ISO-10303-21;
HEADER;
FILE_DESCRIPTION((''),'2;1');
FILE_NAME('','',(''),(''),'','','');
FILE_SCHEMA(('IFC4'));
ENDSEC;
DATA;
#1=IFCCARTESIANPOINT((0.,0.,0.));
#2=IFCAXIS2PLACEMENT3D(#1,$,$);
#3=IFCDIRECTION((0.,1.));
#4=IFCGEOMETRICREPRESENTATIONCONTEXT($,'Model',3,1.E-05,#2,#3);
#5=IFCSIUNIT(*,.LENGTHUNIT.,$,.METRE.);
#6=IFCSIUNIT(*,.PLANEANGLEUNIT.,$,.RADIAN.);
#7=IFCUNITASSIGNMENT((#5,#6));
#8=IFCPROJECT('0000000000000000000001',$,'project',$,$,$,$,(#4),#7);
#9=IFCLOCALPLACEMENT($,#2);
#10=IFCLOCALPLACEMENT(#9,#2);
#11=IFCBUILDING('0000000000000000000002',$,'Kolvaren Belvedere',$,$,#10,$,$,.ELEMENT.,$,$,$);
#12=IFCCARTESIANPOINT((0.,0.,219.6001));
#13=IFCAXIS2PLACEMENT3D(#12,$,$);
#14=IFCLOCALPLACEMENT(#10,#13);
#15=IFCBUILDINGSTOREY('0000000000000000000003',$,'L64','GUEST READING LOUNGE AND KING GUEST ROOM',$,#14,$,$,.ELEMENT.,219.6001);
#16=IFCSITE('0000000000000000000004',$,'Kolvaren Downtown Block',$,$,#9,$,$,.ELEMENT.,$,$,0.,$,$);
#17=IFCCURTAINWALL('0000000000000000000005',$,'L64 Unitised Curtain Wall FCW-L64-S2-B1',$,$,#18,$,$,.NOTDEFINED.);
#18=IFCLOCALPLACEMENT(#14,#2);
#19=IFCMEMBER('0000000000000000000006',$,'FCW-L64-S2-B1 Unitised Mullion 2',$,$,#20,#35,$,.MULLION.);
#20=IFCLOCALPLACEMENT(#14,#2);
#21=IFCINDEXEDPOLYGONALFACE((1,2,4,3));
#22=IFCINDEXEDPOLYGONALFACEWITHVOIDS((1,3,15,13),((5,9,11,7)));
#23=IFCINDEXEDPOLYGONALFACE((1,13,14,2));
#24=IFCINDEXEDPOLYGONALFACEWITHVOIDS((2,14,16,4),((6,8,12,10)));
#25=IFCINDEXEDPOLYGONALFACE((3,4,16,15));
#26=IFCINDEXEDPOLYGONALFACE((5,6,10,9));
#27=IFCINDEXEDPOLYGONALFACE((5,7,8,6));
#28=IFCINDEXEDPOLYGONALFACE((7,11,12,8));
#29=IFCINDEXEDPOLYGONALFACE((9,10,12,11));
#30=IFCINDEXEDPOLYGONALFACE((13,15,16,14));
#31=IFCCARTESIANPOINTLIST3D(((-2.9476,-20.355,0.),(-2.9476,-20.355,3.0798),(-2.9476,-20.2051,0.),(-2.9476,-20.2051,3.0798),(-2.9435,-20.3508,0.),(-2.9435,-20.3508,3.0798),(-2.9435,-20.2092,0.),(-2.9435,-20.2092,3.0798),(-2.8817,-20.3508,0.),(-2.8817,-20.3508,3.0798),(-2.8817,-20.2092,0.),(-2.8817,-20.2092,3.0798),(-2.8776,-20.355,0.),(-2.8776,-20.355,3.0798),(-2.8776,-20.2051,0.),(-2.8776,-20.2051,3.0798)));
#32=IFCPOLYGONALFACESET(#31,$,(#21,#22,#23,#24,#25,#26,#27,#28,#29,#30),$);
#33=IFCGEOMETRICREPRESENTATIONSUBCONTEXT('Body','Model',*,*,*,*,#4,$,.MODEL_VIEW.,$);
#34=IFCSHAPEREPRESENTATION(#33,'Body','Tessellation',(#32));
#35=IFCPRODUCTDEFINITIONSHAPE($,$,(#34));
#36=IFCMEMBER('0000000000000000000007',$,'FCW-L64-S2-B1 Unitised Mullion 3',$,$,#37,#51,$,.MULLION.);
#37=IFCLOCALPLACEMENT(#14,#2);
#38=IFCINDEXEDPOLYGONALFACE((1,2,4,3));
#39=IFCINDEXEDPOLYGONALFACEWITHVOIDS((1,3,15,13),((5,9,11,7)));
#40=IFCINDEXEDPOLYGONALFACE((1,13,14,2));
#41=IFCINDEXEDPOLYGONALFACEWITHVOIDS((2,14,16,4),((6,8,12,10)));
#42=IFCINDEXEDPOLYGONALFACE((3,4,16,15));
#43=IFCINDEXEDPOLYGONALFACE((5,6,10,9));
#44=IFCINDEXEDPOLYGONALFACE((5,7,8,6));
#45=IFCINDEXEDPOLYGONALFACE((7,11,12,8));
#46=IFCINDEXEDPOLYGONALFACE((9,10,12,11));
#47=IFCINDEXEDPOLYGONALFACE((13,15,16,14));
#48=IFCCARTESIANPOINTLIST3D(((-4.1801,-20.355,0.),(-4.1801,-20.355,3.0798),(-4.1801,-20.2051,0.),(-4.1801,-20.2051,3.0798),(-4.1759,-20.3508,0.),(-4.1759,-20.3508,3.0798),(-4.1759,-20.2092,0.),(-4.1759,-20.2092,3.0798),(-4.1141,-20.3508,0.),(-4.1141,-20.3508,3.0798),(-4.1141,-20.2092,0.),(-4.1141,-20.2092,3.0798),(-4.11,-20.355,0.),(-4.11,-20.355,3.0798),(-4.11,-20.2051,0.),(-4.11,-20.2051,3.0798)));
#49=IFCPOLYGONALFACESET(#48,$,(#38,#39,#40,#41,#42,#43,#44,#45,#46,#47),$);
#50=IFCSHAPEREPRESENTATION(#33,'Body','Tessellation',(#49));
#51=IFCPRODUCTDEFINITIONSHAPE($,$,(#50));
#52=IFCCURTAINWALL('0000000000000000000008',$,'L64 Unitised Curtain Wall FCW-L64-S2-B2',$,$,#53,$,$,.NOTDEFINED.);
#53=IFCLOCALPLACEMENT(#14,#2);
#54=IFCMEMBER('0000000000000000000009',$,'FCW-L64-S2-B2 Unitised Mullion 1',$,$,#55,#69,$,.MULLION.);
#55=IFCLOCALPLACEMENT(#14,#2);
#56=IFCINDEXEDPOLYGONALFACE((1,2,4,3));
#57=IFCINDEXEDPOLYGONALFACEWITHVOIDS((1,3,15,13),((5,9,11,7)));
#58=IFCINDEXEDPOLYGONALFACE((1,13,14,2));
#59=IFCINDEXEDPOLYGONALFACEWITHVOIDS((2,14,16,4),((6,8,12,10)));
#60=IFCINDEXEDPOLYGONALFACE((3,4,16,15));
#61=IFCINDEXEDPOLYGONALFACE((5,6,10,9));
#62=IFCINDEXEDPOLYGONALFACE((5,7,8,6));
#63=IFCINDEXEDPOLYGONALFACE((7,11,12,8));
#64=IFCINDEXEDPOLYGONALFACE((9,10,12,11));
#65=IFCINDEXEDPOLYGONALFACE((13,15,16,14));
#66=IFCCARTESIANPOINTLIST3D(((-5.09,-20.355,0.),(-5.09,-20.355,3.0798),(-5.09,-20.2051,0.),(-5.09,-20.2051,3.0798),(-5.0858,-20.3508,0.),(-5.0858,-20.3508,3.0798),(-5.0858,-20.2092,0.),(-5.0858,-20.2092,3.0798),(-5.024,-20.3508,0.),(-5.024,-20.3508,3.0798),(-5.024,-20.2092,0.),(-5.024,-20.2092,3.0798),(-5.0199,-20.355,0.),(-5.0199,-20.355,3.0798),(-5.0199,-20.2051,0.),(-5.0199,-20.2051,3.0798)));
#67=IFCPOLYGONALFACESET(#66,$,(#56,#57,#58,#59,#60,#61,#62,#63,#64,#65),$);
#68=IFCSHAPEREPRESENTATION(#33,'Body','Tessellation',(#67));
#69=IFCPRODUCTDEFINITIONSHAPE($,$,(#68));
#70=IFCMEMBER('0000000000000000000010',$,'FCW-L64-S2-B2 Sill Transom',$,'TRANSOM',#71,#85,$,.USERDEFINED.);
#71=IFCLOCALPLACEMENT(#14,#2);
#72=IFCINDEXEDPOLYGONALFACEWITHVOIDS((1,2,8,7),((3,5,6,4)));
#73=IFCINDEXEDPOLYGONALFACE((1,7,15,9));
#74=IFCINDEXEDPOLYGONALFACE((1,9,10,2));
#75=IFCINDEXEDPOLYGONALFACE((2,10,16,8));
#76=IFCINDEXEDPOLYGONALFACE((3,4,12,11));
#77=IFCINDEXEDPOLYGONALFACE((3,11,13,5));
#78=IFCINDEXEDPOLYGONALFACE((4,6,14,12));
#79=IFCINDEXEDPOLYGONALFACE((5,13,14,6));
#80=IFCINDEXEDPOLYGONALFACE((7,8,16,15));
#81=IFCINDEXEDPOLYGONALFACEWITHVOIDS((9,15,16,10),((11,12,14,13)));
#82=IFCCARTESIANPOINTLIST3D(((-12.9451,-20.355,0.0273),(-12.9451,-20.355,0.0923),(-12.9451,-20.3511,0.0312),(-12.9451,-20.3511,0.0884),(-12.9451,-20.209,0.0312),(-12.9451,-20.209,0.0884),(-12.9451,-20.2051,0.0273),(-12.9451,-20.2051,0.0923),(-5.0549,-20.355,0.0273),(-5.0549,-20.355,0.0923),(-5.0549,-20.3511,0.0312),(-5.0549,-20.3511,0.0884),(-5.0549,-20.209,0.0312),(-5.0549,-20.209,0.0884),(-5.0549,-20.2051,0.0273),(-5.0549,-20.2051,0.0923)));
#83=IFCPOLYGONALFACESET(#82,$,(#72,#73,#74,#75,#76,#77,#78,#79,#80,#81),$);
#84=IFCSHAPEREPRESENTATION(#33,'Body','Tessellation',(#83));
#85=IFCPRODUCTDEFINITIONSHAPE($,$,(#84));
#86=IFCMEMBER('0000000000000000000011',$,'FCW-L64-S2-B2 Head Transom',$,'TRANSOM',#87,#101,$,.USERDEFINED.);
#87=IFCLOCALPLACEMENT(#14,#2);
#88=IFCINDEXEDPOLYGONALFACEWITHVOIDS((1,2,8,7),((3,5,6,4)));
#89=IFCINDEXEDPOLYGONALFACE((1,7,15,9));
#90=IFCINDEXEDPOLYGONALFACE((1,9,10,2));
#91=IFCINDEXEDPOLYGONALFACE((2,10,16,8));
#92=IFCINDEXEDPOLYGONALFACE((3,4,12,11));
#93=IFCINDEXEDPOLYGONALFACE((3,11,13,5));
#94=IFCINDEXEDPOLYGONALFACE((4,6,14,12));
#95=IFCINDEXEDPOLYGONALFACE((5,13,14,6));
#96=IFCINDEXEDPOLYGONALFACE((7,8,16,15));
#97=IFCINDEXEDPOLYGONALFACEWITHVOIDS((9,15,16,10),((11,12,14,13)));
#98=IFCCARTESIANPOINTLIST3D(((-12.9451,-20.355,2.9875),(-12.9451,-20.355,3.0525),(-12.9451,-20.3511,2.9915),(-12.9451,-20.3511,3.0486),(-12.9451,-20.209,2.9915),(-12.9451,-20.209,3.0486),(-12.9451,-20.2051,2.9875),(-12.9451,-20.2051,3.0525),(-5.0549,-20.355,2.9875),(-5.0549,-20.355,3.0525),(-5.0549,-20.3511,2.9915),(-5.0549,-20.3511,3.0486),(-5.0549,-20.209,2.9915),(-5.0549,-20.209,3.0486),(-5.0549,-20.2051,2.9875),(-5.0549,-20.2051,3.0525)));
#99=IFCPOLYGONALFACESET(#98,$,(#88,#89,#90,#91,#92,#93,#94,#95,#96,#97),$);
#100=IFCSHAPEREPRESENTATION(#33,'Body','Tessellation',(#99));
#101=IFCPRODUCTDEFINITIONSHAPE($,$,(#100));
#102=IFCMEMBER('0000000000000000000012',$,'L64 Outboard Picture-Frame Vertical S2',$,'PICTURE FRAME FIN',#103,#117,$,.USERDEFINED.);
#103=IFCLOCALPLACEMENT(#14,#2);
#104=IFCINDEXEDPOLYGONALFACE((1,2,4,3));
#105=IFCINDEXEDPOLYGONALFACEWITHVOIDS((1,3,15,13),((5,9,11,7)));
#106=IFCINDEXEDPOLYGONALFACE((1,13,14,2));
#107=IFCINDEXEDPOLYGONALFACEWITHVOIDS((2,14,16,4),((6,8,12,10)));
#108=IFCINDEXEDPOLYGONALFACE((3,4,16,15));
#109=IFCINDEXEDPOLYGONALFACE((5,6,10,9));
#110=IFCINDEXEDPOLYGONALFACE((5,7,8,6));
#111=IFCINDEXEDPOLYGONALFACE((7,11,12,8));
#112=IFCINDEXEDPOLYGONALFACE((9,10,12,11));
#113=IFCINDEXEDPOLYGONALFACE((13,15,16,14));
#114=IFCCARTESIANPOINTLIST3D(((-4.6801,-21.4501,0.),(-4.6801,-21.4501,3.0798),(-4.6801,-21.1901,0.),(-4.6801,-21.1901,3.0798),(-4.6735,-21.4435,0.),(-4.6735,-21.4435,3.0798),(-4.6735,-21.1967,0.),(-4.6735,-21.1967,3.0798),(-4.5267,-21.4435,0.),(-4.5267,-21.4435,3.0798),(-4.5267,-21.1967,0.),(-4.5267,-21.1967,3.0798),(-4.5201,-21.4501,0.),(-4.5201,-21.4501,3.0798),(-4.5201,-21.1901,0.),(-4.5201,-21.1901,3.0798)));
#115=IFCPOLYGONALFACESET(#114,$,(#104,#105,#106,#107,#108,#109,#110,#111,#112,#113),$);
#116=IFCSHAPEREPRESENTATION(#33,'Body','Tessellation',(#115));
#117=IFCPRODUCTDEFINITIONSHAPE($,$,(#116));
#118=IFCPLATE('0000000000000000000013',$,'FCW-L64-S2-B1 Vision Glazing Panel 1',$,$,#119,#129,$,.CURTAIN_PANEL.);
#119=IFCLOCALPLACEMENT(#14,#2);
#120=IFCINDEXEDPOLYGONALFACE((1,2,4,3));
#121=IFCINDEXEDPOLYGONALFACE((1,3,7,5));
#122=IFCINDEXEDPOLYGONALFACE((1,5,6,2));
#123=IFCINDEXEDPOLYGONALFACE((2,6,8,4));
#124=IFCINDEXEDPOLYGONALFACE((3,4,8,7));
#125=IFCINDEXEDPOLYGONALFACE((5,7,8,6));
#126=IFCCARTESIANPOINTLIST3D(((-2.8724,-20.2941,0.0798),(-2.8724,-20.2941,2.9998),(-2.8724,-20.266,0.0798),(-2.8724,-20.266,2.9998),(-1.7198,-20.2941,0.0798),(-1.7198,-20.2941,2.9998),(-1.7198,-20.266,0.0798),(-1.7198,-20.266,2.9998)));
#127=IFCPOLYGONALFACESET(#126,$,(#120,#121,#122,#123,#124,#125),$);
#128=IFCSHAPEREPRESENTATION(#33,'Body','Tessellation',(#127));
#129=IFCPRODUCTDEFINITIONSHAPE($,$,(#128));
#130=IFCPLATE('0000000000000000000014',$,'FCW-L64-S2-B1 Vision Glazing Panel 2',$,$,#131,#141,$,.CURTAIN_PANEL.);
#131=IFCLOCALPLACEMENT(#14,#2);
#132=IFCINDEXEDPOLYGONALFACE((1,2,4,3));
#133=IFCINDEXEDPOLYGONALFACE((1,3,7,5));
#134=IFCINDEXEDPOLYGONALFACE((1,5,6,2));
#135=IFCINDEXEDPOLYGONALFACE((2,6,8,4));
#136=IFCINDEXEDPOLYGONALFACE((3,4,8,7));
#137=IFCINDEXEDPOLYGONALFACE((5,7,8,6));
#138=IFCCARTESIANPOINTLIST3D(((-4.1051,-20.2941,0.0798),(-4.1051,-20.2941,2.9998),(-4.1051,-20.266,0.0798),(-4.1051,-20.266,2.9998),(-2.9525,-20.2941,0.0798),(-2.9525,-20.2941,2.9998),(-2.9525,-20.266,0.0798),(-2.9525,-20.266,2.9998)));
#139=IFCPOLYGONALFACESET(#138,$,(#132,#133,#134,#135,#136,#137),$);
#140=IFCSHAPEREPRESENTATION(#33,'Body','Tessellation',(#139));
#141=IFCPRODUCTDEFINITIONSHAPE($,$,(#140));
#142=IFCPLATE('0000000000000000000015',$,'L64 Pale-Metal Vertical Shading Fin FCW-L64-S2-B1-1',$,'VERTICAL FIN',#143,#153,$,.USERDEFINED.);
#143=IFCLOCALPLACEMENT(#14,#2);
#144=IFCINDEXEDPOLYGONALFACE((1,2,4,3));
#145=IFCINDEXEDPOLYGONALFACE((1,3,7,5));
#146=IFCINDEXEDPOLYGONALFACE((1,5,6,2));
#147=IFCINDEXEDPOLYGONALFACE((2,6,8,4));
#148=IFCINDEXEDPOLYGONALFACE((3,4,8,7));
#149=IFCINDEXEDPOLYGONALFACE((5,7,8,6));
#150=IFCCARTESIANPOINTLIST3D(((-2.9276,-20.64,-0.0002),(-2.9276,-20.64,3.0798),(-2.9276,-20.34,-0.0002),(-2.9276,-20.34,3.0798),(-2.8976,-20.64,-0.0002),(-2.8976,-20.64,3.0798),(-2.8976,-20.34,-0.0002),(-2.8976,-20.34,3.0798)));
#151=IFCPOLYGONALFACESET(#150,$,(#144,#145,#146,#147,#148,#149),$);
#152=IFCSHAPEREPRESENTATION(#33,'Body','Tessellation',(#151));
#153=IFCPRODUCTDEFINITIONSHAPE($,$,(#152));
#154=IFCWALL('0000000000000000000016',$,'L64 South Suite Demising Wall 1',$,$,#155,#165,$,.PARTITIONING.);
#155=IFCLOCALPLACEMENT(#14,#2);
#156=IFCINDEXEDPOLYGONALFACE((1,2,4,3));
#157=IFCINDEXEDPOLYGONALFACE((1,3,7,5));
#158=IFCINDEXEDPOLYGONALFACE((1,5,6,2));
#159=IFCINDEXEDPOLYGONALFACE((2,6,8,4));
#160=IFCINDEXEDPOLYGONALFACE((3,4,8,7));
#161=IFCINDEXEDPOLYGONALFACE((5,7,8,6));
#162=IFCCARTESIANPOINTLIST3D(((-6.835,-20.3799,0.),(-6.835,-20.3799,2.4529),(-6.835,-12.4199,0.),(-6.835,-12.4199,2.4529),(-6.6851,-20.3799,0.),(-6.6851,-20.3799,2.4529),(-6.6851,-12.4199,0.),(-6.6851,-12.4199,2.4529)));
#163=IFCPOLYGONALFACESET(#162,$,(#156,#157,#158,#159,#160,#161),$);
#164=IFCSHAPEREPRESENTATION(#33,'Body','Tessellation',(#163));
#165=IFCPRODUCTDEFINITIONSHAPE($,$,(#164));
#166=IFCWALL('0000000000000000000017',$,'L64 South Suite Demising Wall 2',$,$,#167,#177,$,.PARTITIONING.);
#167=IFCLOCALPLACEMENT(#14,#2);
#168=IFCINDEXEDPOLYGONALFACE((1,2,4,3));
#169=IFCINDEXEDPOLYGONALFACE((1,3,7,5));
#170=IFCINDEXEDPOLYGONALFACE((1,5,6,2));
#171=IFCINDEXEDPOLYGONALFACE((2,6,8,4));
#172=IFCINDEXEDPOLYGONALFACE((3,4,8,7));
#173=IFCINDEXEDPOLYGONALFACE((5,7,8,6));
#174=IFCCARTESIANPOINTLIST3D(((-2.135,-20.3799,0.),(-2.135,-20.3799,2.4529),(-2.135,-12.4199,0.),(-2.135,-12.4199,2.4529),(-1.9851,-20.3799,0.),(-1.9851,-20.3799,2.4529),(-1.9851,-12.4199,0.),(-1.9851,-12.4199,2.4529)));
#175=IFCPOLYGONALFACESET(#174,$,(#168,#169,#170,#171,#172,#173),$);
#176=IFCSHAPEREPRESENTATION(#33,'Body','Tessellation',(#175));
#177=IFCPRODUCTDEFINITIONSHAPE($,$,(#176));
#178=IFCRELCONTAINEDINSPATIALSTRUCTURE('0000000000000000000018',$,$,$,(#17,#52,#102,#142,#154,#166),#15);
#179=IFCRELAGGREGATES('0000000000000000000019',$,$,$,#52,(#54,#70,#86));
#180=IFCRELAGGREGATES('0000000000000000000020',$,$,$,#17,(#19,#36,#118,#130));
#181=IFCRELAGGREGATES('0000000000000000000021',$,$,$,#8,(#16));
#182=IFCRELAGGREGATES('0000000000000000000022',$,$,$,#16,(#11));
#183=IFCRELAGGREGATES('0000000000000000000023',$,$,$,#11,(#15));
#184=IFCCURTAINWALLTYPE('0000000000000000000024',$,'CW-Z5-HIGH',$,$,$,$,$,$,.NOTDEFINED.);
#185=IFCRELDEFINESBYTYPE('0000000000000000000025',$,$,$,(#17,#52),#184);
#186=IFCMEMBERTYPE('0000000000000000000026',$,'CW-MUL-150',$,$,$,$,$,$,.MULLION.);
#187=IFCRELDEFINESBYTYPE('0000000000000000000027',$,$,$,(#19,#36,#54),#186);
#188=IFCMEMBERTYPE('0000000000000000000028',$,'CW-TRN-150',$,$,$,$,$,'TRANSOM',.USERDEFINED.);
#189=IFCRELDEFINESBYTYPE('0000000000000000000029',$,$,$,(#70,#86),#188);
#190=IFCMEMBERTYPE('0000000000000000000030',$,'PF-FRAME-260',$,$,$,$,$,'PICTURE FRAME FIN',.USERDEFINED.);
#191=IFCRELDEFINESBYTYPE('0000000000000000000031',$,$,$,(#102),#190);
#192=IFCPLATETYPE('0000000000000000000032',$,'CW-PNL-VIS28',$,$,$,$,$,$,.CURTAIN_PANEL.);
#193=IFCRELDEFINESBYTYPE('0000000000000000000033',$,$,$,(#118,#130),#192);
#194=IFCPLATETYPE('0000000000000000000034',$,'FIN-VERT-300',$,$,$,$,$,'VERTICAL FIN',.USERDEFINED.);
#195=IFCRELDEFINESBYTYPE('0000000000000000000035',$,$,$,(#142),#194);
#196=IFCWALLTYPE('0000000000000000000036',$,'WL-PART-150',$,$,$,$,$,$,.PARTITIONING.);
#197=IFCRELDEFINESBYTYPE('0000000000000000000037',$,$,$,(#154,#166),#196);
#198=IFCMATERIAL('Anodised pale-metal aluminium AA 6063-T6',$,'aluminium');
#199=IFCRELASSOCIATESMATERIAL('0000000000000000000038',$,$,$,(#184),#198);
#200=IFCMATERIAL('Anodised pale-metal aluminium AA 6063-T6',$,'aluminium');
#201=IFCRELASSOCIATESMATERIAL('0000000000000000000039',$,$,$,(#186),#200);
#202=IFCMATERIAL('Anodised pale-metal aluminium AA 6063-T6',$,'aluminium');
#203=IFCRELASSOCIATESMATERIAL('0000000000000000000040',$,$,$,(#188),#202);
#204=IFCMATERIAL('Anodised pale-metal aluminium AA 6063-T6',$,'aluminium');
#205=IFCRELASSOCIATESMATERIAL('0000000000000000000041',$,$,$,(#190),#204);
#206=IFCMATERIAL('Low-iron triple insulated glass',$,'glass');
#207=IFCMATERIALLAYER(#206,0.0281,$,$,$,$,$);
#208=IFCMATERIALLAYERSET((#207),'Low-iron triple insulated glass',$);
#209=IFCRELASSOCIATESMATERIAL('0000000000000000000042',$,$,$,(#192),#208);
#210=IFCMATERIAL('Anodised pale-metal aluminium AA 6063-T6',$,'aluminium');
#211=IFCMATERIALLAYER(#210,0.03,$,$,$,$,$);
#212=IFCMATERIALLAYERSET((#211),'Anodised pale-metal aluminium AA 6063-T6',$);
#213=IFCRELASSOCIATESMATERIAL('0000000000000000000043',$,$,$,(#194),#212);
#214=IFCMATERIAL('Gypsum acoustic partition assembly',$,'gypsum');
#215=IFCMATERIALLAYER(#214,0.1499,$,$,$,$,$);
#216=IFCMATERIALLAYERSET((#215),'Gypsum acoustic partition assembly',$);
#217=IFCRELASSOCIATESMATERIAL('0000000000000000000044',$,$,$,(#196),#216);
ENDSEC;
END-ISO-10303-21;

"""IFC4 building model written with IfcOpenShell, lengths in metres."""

from ifc_helpers import new_model, si_unit, direction, frame, frame_2d, origin, origin_2d, place, context, subcontext, project, spatial, rectangle, hollow_rectangle, extrude, material, layer, layer_set, material_profile, profile_set, type_object, element, aggregate, save


model = new_model("IFC4")

# Units and contexts
model_context = context("Model", 3, precision=1e-05, world=origin(), true_north=direction((0.0, 1.0)))
body_context = subcontext(model_context, "Body", "Model", "MODEL_VIEW")
ifc_project = project(units=[si_unit("LENGTHUNIT", "METRE"), si_unit("PLANEANGLEUNIT", "RADIAN")], contexts=[model_context])

# Site, building, storey
site_placement = place(None, origin())
site = spatial("IfcSite", under=ifc_project, at=site_placement, Name="Kolvaren Downtown Block", CompositionType="ELEMENT", RefElevation=0.0)
building_placement = place(site_placement, origin())
building = spatial("IfcBuilding", under=site, at=building_placement, Name="Kolvaren Belvedere", CompositionType="ELEMENT")
storey_placement = place(building_placement, frame((0.0, 0.0, 219.6001)))
storey = spatial("IfcBuildingStorey", under=building, at=storey_placement, Name="L64", Description="GUEST READING LOUNGE AND KING GUEST ROOM", CompositionType="ELEMENT", Elevation=219.6001)

# Curtain walls, members
ifc_material_1 = material(Name="Anodised pale-metal aluminium AA 6063-T6", Category="aluminium")
curtain_wall_type = type_object("IfcCurtainWallType", Name="CW-Z5-HIGH", PredefinedType="NOTDEFINED", material=ifc_material_1)
curtain_wall_1_placement = place(storey_placement, origin())
curtain_wall_1 = element("IfcCurtainWall", 1, at=curtain_wall_1_placement, inside=storey, type_object=curtain_wall_type, Name="L64 Unitised Curtain Wall FCW-L64-S2-B1", PredefinedType="NOTDEFINED")
ifc_material_2 = material(Name="Anodised pale-metal aluminium AA 6063-T6", Category="aluminium")
ifc_material_profile_1 = material_profile(ifc_material_2, hollow_rectangle(XDim=0.0701, YDim=0.1499, WallThickness=0.0042, at=origin_2d()), Name="ALU-MUL-150X70")
ifc_profile_set_1 = profile_set([ifc_material_profile_1], Name="Anodised pale-metal aluminium AA 6063-T6")
member_type_1 = type_object("IfcMemberType", Name="CW-MUL-150", PredefinedType="MULLION", material=ifc_profile_set_1)
member_1_placement = place(storey_placement, frame((-2.9126, -20.28, 0.0), z_axis=(0.0, 0.0, 1.0), x_axis=(1.0, 0.0, 0.0)))
member_1 = element("IfcMember", 2, at=member_1_placement, type_object=member_type_1, Name="FCW-L64-S2-B1 Unitised Mullion 2", PredefinedType="MULLION", context=body_context, shape_type="SweptSolid", body=[
    extrude(hollow_rectangle(XDim=0.0701, YDim=0.1499, WallThickness=0.0042, at=origin_2d()), origin(), (0.0, 0.0, 1.0), 3.0798),
])
member_2_placement = place(storey_placement, frame((-4.145, -20.28, 0.0), z_axis=(0.0, 0.0, 1.0), x_axis=(1.0, 0.0, 0.0)))
member_2 = element("IfcMember", 3, at=member_2_placement, type_object=member_type_1, Name="FCW-L64-S2-B1 Unitised Mullion 3", PredefinedType="MULLION", context=body_context, shape_type="SweptSolid", body=[
    extrude(hollow_rectangle(XDim=0.0701, YDim=0.1499, WallThickness=0.0042, at=origin_2d()), origin(), (0.0, 0.0, 1.0), 3.0798),
])
curtain_wall_2_placement = place(storey_placement, origin())
curtain_wall_2 = element("IfcCurtainWall", 4, at=curtain_wall_2_placement, inside=storey, type_object=curtain_wall_type, Name="L64 Unitised Curtain Wall FCW-L64-S2-B2", PredefinedType="NOTDEFINED")
member_3_placement = place(storey_placement, frame((-5.0549, -20.28, 0.0), z_axis=(0.0, 0.0, 1.0), x_axis=(1.0, 0.0, 0.0)))
member_3 = element("IfcMember", 5, at=member_3_placement, type_object=member_type_1, Name="FCW-L64-S2-B2 Unitised Mullion 1", PredefinedType="MULLION", context=body_context, shape_type="SweptSolid", body=[
    extrude(hollow_rectangle(XDim=0.0701, YDim=0.1499, WallThickness=0.0042, at=origin_2d()), origin(), (0.0, 0.0, 1.0), 3.0798),
])
ifc_material_3 = material(Name="Anodised pale-metal aluminium AA 6063-T6", Category="aluminium")
ifc_material_profile_2 = material_profile(ifc_material_3, hollow_rectangle(XDim=0.0649, YDim=0.1499, WallThickness=0.0039, at=origin_2d()), Name="ALU-TRN-150X65")
ifc_profile_set_2 = profile_set([ifc_material_profile_2], Name="Anodised pale-metal aluminium AA 6063-T6")
member_type_2 = type_object("IfcMemberType", Name="CW-TRN-150", ElementType="TRANSOM", PredefinedType="USERDEFINED", material=ifc_profile_set_2)
member_4_placement = place(storey_placement, frame((-5.0549, -20.28, 0.0598), z_axis=(-1.0, 0.0, 0.0), x_axis=(0.0, 0.0, 1.0)))
member_4 = element("IfcMember", 6, at=member_4_placement, type_object=member_type_2, Name="FCW-L64-S2-B2 Sill Transom", ObjectType="TRANSOM", PredefinedType="USERDEFINED", context=body_context, shape_type="SweptSolid", body=[
    extrude(hollow_rectangle(XDim=0.0649, YDim=0.1499, WallThickness=0.0039, at=origin_2d()), origin(), (0.0, 0.0, 1.0), 7.8901),
])
member_5_placement = place(storey_placement, frame((-5.0549, -20.28, 3.02), z_axis=(-1.0, 0.0, 0.0), x_axis=(0.0, 0.0, 1.0)))
member_5 = element("IfcMember", 7, at=member_5_placement, type_object=member_type_2, Name="FCW-L64-S2-B2 Head Transom", ObjectType="TRANSOM", PredefinedType="USERDEFINED", context=body_context, shape_type="SweptSolid", body=[
    extrude(hollow_rectangle(XDim=0.0649, YDim=0.1499, WallThickness=0.0039, at=origin_2d()), origin(), (0.0, 0.0, 1.0), 7.8901),
])
aggregate(curtain_wall_2, [member_3, member_4, member_5])

# Member
ifc_material_4 = material(Name="Anodised pale-metal aluminium AA 6063-T6", Category="aluminium")
ifc_material_profile_3 = material_profile(ifc_material_4, hollow_rectangle(XDim=0.1599, YDim=0.26, WallThickness=0.0066, at=origin_2d()), Name="ALU-PF-260X160")
ifc_profile_set_3 = profile_set([ifc_material_profile_3], Name="Anodised pale-metal aluminium AA 6063-T6")
member_type_3 = type_object("IfcMemberType", Name="PF-FRAME-260", ElementType="PICTURE FRAME FIN", PredefinedType="USERDEFINED", material=ifc_profile_set_3)
member_6_placement = place(storey_placement, frame((-4.6001, -21.3201, 0.0), z_axis=(0.0, 0.0, 1.0), x_axis=(1.0, 0.0, 0.0)))
element("IfcMember", 8, at=member_6_placement, inside=storey, type_object=member_type_3, Name="L64 Outboard Picture-Frame Vertical S2", ObjectType="PICTURE FRAME FIN", PredefinedType="USERDEFINED", context=body_context, shape_type="SweptSolid", body=[
    extrude(hollow_rectangle(XDim=0.1599, YDim=0.26, WallThickness=0.0066, at=origin_2d()), origin(), (0.0, 0.0, 1.0), 3.0798),
])

# Plates
ifc_material_5 = material(Name="Low-iron triple insulated glass", Category="glass")
ifc_layer_1 = layer(ifc_material_5, 0.0281)
ifc_layer_set_1 = layer_set([ifc_layer_1], Name="Low-iron triple insulated glass")
plate_type_1 = type_object("IfcPlateType", Name="CW-PNL-VIS28", PredefinedType="CURTAIN_PANEL", material=ifc_layer_set_1)
plate_1_placement = place(storey_placement, frame((-2.2961, -20.28, 0.0798), z_axis=(0.0, 0.0, 1.0), x_axis=(-1.0, 0.0, 0.0)))
plate_1 = element("IfcPlate", 9, at=plate_1_placement, type_object=plate_type_1, Name="FCW-L64-S2-B1 Vision Glazing Panel 1", PredefinedType="CURTAIN_PANEL", context=body_context, shape_type="SweptSolid", body=[
    extrude(rectangle(XDim=1.1526, YDim=0.0281, at=origin_2d()), origin(), (0.0, 0.0, 1.0), 2.9199),
])
plate_2_placement = place(storey_placement, frame((-3.5288, -20.28, 0.0798), z_axis=(0.0, 0.0, 1.0), x_axis=(-1.0, 0.0, 0.0)))
plate_2 = element("IfcPlate", 10, at=plate_2_placement, type_object=plate_type_1, Name="FCW-L64-S2-B1 Vision Glazing Panel 2", PredefinedType="CURTAIN_PANEL", context=body_context, shape_type="SweptSolid", body=[
    extrude(rectangle(XDim=1.1526, YDim=0.0281, at=origin_2d()), origin(), (0.0, 0.0, 1.0), 2.9199),
])
aggregate(curtain_wall_1, [member_1, member_2, plate_1, plate_2])
ifc_material_6 = material(Name="Anodised pale-metal aluminium AA 6063-T6", Category="aluminium")
ifc_layer_2 = layer(ifc_material_6, 0.03)
ifc_layer_set_2 = layer_set([ifc_layer_2], Name="Anodised pale-metal aluminium AA 6063-T6")
plate_type_2 = type_object("IfcPlateType", Name="FIN-VERT-300", ElementType="VERTICAL FIN", PredefinedType="USERDEFINED", material=ifc_layer_set_2)
plate_3_placement = place(storey_placement, frame((-2.9126, -20.49, -0.0002), z_axis=(0.0, 0.0, 1.0), x_axis=(0.0, 1.0, 0.0)))
element("IfcPlate", 11, at=plate_3_placement, inside=storey, type_object=plate_type_2, Name="L64 Pale-Metal Vertical Shading Fin FCW-L64-S2-B1-1", ObjectType="VERTICAL FIN", PredefinedType="USERDEFINED", context=body_context, shape_type="SweptSolid", body=[
    extrude(rectangle(XDim=0.3, YDim=0.03, at=origin_2d()), origin(), (0.0, 0.0, 1.0), 3.0801),
])

# Walls
ifc_material_7 = material(Name="Gypsum acoustic partition assembly", Category="gypsum")
ifc_layer_3 = layer(ifc_material_7, 0.1499)
ifc_layer_set_3 = layer_set([ifc_layer_3], Name="Gypsum acoustic partition assembly")
wall_type_1 = type_object("IfcWallType", Name="WL-PART-150", PredefinedType="PARTITIONING", material=ifc_layer_set_3)
for number, where, z_axis, x_axis, name in (
    (12, (-6.76, -20.3799, 0.0), (0.0, 0.0, 1.0), (0.0, 1.0, 0.0), "L64 South Suite Demising Wall 1"),
    (13, (-2.0601, -20.3799, 0.0), (0.0, 0.0, 1.0), (0.0, 1.0, 0.0), "L64 South Suite Demising Wall 2"),
):
    element("IfcWall", number, at=place(storey_placement, frame(where, z_axis=z_axis, x_axis=x_axis)), inside=storey, type_object=wall_type_1, Name=name, PredefinedType="PARTITIONING", context=body_context, shape_type="SweptSolid", body=[
        extrude(rectangle(XDim=7.96, YDim=0.1499, at=frame_2d((3.98, 0.0))), origin(), (0.0, 0.0, 1.0), 2.4529),
    ])

save(model, "model.ifc")
